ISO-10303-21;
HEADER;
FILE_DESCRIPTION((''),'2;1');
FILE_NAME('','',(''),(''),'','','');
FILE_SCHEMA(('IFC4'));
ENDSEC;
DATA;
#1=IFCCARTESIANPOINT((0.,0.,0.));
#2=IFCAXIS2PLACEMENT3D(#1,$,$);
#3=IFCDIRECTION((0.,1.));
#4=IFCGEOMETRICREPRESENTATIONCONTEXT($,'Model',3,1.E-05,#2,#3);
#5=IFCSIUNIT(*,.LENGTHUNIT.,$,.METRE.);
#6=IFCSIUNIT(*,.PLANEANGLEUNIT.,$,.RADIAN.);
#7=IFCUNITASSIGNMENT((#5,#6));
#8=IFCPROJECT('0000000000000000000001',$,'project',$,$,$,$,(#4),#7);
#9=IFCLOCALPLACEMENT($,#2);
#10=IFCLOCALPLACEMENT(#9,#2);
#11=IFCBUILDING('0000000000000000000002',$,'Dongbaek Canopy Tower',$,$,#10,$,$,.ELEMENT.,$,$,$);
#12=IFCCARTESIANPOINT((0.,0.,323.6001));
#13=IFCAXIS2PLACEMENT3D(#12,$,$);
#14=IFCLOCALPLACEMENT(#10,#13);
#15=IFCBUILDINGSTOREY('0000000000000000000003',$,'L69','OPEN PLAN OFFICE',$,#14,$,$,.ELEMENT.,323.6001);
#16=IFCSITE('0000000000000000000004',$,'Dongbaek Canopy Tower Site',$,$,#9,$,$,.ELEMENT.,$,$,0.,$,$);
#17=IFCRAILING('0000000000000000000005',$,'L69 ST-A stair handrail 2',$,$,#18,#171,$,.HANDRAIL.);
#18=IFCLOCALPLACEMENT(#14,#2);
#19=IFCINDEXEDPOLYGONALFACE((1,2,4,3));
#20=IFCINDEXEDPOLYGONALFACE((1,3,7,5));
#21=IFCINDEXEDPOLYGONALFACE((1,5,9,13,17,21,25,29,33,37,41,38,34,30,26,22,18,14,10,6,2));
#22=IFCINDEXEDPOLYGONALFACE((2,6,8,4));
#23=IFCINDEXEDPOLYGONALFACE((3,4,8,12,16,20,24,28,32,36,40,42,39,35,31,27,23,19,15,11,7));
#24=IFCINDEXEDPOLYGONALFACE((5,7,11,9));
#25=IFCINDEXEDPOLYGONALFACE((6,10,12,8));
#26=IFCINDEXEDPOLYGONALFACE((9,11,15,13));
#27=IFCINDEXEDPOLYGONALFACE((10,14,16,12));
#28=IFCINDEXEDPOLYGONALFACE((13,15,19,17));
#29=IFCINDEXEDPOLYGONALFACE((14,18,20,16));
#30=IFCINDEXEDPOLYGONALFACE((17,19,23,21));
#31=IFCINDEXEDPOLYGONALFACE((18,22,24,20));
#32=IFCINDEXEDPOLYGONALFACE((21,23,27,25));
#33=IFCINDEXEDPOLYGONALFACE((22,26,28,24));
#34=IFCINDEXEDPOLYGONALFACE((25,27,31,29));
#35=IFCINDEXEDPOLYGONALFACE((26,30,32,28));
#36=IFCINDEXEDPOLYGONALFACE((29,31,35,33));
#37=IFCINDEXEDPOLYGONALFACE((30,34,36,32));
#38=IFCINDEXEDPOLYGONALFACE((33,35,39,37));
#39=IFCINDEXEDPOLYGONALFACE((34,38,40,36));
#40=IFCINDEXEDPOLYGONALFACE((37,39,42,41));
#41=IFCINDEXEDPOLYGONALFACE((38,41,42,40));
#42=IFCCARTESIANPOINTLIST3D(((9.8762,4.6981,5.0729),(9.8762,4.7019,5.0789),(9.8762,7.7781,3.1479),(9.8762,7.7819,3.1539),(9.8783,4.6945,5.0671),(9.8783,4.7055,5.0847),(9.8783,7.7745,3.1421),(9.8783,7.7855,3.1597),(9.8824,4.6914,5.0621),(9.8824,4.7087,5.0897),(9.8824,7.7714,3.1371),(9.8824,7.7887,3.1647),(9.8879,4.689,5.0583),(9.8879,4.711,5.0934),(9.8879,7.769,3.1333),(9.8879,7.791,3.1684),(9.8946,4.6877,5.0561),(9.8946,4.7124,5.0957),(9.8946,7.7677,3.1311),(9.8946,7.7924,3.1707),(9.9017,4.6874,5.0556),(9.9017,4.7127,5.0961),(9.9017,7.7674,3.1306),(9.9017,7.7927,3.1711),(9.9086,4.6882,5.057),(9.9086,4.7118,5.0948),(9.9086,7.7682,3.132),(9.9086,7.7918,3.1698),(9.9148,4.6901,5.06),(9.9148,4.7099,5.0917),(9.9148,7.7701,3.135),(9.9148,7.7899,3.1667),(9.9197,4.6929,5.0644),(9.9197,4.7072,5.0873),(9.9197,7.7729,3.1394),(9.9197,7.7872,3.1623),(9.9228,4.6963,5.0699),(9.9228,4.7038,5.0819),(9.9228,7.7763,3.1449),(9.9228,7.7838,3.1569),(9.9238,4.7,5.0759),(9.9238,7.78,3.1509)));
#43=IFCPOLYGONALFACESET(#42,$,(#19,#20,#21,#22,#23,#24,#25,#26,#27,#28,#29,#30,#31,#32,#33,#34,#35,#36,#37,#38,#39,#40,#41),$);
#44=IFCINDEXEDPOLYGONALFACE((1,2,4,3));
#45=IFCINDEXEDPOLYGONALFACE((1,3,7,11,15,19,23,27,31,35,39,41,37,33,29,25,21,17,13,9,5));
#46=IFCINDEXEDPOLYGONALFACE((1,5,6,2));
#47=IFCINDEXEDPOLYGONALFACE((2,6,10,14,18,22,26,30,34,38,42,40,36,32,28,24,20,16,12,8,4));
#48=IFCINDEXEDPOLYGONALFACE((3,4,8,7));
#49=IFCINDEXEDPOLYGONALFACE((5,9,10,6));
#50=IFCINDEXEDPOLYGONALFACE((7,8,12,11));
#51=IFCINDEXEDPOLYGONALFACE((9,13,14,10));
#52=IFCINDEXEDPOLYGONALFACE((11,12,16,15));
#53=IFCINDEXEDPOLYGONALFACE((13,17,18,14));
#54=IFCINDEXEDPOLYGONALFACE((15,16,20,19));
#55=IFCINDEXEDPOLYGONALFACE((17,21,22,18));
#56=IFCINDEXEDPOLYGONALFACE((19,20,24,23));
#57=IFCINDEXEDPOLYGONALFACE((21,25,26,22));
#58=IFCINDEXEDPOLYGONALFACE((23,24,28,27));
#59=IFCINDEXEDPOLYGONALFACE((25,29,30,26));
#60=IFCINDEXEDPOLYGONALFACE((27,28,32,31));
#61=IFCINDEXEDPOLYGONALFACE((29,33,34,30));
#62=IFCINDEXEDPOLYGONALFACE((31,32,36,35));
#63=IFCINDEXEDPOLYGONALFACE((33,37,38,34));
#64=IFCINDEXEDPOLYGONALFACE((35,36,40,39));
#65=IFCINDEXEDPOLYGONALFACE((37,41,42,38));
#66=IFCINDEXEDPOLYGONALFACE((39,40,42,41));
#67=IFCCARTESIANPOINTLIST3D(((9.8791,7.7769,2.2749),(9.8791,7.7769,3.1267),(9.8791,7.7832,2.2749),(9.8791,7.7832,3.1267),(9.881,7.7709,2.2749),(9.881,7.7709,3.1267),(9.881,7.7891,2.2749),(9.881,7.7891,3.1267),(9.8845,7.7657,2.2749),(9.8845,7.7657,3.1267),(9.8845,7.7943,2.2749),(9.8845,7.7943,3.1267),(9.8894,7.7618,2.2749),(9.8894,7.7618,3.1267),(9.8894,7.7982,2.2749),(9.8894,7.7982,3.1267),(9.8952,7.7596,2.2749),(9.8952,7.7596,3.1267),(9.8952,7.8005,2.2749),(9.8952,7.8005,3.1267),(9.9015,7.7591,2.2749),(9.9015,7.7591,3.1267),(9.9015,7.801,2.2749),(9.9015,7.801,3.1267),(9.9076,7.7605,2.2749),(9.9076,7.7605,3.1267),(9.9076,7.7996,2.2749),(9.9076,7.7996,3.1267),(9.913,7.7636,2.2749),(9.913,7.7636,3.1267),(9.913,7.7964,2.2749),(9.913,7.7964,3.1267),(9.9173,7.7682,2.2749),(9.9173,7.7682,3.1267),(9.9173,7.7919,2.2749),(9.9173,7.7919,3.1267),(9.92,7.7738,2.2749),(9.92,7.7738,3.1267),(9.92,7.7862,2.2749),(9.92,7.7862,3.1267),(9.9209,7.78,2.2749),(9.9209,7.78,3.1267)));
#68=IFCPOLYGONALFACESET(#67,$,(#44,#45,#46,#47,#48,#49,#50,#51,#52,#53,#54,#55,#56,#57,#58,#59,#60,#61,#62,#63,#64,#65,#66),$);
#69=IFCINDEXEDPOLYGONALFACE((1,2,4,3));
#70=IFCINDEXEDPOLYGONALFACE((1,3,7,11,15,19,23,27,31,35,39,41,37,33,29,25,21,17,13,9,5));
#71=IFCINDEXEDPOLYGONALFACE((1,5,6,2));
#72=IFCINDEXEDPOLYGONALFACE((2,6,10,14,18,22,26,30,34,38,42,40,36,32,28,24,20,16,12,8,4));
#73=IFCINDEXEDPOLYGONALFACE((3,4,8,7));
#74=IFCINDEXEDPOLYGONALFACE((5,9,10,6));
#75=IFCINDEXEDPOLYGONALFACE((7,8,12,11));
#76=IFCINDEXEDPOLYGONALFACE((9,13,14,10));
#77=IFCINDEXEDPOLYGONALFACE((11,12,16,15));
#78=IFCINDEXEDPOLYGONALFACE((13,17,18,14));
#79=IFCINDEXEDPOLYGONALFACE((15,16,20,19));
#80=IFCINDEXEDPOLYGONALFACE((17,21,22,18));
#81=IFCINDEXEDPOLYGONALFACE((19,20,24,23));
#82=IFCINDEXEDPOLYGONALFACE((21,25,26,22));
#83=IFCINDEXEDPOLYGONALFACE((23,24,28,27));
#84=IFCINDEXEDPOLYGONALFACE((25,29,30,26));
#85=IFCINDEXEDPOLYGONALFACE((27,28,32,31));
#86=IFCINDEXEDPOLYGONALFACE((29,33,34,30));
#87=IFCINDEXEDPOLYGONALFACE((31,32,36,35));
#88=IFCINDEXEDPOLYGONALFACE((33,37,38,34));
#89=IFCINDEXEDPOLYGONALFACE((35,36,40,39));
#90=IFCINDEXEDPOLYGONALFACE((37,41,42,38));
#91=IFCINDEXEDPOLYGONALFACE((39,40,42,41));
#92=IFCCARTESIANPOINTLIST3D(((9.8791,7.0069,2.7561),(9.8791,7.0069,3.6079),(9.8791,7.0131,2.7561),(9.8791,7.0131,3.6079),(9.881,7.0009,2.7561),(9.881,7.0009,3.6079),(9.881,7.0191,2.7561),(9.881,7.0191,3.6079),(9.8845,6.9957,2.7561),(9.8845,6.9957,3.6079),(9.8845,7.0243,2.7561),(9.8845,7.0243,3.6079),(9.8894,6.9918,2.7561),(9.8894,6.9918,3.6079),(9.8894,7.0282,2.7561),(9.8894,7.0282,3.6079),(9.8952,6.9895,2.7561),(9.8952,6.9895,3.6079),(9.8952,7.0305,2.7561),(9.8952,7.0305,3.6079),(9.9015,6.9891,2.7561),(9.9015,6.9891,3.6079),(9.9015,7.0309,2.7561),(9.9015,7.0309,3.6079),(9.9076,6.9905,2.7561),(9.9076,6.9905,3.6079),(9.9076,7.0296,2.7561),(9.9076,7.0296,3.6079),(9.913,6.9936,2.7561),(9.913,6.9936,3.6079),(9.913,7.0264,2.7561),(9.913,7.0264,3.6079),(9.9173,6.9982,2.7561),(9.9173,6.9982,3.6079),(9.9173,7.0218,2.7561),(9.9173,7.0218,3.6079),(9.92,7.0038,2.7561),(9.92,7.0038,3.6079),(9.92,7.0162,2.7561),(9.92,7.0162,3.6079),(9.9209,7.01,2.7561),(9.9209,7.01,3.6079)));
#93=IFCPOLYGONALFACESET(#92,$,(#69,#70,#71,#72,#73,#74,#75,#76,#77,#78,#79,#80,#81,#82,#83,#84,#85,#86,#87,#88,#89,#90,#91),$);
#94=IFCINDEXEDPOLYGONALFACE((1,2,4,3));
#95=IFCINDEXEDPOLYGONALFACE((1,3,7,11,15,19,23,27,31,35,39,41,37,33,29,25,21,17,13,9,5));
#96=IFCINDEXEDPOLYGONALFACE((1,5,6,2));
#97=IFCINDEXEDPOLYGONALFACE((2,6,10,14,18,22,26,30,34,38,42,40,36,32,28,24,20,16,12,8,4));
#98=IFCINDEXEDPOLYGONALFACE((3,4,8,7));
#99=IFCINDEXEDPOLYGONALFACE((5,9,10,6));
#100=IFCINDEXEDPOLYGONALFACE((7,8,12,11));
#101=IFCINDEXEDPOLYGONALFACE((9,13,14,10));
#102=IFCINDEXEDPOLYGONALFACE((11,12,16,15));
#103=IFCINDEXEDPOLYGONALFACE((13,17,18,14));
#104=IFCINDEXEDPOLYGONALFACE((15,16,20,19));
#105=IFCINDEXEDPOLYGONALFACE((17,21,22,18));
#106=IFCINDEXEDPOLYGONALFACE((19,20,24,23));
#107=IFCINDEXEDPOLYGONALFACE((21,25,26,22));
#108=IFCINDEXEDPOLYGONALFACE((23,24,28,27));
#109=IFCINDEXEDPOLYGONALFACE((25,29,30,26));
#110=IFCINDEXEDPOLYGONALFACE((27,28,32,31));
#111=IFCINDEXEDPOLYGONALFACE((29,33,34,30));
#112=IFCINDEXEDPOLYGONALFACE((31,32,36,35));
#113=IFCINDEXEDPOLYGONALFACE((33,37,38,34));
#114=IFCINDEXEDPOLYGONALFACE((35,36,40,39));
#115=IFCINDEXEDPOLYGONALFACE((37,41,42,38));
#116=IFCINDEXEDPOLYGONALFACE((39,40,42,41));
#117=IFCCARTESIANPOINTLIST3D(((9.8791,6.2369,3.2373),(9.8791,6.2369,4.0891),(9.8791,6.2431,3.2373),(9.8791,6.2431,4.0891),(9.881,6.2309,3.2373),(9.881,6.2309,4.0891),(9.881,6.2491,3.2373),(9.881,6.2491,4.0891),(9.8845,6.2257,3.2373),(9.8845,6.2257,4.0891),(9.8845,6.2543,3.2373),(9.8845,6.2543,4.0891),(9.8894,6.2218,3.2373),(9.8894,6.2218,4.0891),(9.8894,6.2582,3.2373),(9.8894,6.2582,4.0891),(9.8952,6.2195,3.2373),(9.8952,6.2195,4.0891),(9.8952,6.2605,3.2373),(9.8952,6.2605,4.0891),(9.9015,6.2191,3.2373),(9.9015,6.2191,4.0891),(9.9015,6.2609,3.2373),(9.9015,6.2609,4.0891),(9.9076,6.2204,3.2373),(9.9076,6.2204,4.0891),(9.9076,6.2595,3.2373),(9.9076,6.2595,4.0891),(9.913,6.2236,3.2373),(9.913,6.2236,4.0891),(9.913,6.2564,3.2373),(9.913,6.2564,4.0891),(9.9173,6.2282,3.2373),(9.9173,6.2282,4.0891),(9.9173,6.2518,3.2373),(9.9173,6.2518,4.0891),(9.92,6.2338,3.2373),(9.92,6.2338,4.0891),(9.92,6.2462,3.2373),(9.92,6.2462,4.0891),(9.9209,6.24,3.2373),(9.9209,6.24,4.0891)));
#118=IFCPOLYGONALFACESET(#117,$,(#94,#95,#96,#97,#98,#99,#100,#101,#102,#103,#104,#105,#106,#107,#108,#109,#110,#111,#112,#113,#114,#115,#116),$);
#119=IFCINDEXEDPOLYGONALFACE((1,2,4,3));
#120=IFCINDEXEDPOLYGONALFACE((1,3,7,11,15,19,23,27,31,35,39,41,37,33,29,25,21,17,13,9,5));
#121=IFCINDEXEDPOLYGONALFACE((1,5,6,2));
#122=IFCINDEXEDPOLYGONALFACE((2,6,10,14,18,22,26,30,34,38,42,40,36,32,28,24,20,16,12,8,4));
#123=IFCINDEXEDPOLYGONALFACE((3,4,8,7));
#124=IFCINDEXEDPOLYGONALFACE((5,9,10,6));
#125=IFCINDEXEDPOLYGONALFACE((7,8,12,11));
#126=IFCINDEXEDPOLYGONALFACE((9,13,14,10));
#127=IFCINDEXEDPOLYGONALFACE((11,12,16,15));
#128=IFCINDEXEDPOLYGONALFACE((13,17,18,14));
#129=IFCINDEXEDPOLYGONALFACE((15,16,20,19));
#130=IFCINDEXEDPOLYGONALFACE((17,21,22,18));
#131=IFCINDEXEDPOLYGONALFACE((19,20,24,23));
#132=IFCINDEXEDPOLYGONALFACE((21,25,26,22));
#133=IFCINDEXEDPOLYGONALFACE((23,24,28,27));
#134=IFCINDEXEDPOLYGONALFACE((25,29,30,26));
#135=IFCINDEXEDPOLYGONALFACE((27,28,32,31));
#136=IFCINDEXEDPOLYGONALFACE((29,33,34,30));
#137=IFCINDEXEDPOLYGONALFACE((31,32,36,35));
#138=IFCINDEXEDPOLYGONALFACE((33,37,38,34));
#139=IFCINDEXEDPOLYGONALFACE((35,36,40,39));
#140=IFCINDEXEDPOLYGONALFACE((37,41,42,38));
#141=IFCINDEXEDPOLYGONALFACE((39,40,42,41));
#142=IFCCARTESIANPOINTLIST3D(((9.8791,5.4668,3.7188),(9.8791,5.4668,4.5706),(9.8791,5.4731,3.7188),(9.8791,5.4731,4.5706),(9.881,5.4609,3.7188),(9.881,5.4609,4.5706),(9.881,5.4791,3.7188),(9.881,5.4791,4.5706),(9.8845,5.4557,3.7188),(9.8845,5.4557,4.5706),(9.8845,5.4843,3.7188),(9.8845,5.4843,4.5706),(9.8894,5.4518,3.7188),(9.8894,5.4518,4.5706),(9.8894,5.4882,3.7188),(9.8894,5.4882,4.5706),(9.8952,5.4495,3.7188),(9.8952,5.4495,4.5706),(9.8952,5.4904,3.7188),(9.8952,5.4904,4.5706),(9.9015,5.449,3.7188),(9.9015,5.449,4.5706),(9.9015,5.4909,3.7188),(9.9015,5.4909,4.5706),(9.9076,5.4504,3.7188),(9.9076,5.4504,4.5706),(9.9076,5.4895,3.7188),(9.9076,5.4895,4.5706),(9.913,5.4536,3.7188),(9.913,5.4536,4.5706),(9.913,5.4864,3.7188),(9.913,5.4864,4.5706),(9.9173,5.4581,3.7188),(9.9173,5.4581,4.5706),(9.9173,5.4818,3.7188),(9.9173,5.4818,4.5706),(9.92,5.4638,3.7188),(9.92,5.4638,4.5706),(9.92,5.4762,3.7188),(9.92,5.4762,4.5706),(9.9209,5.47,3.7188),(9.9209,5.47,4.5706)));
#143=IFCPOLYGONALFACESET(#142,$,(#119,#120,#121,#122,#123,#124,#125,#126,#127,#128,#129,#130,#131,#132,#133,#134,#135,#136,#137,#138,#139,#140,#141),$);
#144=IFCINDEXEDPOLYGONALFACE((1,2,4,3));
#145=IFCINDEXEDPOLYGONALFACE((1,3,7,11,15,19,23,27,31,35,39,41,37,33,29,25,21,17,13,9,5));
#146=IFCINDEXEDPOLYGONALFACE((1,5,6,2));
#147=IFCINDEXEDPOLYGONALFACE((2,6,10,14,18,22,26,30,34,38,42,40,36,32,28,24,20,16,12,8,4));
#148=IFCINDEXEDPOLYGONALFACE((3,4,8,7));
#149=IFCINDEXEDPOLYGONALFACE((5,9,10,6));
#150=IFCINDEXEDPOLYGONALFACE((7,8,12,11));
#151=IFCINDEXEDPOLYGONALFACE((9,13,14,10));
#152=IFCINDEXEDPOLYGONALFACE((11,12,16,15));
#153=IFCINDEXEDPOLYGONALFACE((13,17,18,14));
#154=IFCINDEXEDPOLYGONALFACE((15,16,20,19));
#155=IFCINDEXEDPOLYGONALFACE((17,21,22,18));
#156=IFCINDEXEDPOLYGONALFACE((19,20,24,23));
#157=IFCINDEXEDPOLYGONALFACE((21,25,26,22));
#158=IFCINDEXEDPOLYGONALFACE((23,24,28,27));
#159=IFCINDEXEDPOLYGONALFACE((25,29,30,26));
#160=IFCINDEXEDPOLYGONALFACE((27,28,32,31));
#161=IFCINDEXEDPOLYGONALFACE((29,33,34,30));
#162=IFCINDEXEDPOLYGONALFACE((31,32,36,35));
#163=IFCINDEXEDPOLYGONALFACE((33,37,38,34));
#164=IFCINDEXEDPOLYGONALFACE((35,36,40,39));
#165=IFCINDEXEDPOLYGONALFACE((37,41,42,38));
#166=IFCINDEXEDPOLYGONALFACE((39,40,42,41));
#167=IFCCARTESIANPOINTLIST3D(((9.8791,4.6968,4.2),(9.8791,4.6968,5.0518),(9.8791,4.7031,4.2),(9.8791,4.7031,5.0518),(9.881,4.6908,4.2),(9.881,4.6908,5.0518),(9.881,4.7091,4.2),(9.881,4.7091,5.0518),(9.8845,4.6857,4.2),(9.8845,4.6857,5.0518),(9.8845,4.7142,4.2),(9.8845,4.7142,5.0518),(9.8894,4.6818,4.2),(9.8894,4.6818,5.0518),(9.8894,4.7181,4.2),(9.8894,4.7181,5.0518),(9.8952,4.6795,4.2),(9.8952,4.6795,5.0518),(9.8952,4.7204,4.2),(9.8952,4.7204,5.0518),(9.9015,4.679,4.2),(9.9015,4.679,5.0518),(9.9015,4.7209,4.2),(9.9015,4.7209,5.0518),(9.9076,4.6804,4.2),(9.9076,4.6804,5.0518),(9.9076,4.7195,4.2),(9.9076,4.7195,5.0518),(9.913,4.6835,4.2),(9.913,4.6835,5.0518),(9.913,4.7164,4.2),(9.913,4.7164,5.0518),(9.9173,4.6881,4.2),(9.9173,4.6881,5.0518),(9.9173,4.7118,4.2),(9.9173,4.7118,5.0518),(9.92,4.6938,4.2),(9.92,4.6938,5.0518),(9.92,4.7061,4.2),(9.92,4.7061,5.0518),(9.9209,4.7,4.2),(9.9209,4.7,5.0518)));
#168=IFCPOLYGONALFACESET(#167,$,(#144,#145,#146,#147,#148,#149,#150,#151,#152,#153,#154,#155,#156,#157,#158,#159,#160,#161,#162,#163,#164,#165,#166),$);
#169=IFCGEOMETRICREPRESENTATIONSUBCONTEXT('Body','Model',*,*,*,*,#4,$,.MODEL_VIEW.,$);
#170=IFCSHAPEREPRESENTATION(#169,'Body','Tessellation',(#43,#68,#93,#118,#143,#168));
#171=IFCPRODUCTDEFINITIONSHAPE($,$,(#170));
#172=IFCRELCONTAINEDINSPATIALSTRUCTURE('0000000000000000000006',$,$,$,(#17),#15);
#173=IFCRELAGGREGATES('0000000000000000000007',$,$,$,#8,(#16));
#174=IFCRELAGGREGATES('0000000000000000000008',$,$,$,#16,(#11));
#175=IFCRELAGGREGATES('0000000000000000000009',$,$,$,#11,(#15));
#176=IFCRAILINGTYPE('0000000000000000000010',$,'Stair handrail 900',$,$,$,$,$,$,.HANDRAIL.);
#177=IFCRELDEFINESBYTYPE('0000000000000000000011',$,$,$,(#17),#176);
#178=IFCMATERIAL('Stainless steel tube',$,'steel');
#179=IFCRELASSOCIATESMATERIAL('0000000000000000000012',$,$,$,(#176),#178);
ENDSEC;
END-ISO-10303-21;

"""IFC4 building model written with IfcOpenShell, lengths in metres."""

from ifc_helpers import new_model, si_unit, direction, frame, origin, origin_2d, place, context, subcontext, project, spatial, circle, extrude, material, type_object, element, save


model = new_model("IFC4")

# Units and contexts
model_context = context("Model", 3, precision=1e-05, world=origin(), true_north=direction((0.0, 1.0)))
body_context = subcontext(model_context, "Body", "Model", "MODEL_VIEW")
ifc_project = project(units=[si_unit("LENGTHUNIT", "METRE"), si_unit("PLANEANGLEUNIT", "RADIAN")], contexts=[model_context])

# Site, building, storey
site_placement = place(None, origin())
site = spatial("IfcSite", under=ifc_project, at=site_placement, Name="Dongbaek Canopy Tower Site", CompositionType="ELEMENT", RefElevation=0.0)
building_placement = place(site_placement, origin())
building = spatial("IfcBuilding", under=site, at=building_placement, Name="Dongbaek Canopy Tower", CompositionType="ELEMENT")
storey_placement = place(building_placement, frame((0.0, 0.0, 323.6001)))
storey = spatial("IfcBuildingStorey", under=building, at=storey_placement, Name="L69", Description="OPEN PLAN OFFICE", CompositionType="ELEMENT", Elevation=323.6001)

# Railing
ifc_material_1 = material(Name="Stainless steel tube", Category="steel")
railing_type_1 = type_object("IfcRailingType", Name="Stair handrail 900", PredefinedType="HANDRAIL", material=ifc_material_1)
railing_1_placement = place(storey_placement, frame((9.8999, 7.78, 2.2749)))
element("IfcRailing", 1, at=railing_1_placement, inside=storey, type_object=railing_type_1, Name="L69 ST-A stair handrail 2", PredefinedType="HANDRAIL", context=body_context, shape_type="SweptSolid", body=[
    extrude(circle(Radius=0.0239, at=origin_2d()), frame((0.0, 0.0, 0.876), z_axis=(0.0, -0.847998, 0.529999), x_axis=(1.0, 0.0, 0.0)), (0.0, 0.0, 1.0), 3.6321),
    extrude(circle(Radius=0.021, at=origin_2d()), origin(), (0.0, 0.0, 1.0), 0.8518),
    extrude(circle(Radius=0.021, at=origin_2d()), frame((0.0, -0.77, 0.4812)), (0.0, 0.0, 1.0), 0.8518),
    extrude(circle(Radius=0.021, at=origin_2d()), frame((0.0, -1.54, 0.9624)), (0.0, 0.0, 1.0), 0.8518),
    extrude(circle(Radius=0.021, at=origin_2d()), frame((0.0, -2.3101, 1.4438)), (0.0, 0.0, 1.0), 0.8518),
    extrude(circle(Radius=0.021, at=origin_2d()), frame((0.0, -3.0801, 1.925)), (0.0, 0.0, 1.0), 0.8518),
])

save(model, "model.ifc")
